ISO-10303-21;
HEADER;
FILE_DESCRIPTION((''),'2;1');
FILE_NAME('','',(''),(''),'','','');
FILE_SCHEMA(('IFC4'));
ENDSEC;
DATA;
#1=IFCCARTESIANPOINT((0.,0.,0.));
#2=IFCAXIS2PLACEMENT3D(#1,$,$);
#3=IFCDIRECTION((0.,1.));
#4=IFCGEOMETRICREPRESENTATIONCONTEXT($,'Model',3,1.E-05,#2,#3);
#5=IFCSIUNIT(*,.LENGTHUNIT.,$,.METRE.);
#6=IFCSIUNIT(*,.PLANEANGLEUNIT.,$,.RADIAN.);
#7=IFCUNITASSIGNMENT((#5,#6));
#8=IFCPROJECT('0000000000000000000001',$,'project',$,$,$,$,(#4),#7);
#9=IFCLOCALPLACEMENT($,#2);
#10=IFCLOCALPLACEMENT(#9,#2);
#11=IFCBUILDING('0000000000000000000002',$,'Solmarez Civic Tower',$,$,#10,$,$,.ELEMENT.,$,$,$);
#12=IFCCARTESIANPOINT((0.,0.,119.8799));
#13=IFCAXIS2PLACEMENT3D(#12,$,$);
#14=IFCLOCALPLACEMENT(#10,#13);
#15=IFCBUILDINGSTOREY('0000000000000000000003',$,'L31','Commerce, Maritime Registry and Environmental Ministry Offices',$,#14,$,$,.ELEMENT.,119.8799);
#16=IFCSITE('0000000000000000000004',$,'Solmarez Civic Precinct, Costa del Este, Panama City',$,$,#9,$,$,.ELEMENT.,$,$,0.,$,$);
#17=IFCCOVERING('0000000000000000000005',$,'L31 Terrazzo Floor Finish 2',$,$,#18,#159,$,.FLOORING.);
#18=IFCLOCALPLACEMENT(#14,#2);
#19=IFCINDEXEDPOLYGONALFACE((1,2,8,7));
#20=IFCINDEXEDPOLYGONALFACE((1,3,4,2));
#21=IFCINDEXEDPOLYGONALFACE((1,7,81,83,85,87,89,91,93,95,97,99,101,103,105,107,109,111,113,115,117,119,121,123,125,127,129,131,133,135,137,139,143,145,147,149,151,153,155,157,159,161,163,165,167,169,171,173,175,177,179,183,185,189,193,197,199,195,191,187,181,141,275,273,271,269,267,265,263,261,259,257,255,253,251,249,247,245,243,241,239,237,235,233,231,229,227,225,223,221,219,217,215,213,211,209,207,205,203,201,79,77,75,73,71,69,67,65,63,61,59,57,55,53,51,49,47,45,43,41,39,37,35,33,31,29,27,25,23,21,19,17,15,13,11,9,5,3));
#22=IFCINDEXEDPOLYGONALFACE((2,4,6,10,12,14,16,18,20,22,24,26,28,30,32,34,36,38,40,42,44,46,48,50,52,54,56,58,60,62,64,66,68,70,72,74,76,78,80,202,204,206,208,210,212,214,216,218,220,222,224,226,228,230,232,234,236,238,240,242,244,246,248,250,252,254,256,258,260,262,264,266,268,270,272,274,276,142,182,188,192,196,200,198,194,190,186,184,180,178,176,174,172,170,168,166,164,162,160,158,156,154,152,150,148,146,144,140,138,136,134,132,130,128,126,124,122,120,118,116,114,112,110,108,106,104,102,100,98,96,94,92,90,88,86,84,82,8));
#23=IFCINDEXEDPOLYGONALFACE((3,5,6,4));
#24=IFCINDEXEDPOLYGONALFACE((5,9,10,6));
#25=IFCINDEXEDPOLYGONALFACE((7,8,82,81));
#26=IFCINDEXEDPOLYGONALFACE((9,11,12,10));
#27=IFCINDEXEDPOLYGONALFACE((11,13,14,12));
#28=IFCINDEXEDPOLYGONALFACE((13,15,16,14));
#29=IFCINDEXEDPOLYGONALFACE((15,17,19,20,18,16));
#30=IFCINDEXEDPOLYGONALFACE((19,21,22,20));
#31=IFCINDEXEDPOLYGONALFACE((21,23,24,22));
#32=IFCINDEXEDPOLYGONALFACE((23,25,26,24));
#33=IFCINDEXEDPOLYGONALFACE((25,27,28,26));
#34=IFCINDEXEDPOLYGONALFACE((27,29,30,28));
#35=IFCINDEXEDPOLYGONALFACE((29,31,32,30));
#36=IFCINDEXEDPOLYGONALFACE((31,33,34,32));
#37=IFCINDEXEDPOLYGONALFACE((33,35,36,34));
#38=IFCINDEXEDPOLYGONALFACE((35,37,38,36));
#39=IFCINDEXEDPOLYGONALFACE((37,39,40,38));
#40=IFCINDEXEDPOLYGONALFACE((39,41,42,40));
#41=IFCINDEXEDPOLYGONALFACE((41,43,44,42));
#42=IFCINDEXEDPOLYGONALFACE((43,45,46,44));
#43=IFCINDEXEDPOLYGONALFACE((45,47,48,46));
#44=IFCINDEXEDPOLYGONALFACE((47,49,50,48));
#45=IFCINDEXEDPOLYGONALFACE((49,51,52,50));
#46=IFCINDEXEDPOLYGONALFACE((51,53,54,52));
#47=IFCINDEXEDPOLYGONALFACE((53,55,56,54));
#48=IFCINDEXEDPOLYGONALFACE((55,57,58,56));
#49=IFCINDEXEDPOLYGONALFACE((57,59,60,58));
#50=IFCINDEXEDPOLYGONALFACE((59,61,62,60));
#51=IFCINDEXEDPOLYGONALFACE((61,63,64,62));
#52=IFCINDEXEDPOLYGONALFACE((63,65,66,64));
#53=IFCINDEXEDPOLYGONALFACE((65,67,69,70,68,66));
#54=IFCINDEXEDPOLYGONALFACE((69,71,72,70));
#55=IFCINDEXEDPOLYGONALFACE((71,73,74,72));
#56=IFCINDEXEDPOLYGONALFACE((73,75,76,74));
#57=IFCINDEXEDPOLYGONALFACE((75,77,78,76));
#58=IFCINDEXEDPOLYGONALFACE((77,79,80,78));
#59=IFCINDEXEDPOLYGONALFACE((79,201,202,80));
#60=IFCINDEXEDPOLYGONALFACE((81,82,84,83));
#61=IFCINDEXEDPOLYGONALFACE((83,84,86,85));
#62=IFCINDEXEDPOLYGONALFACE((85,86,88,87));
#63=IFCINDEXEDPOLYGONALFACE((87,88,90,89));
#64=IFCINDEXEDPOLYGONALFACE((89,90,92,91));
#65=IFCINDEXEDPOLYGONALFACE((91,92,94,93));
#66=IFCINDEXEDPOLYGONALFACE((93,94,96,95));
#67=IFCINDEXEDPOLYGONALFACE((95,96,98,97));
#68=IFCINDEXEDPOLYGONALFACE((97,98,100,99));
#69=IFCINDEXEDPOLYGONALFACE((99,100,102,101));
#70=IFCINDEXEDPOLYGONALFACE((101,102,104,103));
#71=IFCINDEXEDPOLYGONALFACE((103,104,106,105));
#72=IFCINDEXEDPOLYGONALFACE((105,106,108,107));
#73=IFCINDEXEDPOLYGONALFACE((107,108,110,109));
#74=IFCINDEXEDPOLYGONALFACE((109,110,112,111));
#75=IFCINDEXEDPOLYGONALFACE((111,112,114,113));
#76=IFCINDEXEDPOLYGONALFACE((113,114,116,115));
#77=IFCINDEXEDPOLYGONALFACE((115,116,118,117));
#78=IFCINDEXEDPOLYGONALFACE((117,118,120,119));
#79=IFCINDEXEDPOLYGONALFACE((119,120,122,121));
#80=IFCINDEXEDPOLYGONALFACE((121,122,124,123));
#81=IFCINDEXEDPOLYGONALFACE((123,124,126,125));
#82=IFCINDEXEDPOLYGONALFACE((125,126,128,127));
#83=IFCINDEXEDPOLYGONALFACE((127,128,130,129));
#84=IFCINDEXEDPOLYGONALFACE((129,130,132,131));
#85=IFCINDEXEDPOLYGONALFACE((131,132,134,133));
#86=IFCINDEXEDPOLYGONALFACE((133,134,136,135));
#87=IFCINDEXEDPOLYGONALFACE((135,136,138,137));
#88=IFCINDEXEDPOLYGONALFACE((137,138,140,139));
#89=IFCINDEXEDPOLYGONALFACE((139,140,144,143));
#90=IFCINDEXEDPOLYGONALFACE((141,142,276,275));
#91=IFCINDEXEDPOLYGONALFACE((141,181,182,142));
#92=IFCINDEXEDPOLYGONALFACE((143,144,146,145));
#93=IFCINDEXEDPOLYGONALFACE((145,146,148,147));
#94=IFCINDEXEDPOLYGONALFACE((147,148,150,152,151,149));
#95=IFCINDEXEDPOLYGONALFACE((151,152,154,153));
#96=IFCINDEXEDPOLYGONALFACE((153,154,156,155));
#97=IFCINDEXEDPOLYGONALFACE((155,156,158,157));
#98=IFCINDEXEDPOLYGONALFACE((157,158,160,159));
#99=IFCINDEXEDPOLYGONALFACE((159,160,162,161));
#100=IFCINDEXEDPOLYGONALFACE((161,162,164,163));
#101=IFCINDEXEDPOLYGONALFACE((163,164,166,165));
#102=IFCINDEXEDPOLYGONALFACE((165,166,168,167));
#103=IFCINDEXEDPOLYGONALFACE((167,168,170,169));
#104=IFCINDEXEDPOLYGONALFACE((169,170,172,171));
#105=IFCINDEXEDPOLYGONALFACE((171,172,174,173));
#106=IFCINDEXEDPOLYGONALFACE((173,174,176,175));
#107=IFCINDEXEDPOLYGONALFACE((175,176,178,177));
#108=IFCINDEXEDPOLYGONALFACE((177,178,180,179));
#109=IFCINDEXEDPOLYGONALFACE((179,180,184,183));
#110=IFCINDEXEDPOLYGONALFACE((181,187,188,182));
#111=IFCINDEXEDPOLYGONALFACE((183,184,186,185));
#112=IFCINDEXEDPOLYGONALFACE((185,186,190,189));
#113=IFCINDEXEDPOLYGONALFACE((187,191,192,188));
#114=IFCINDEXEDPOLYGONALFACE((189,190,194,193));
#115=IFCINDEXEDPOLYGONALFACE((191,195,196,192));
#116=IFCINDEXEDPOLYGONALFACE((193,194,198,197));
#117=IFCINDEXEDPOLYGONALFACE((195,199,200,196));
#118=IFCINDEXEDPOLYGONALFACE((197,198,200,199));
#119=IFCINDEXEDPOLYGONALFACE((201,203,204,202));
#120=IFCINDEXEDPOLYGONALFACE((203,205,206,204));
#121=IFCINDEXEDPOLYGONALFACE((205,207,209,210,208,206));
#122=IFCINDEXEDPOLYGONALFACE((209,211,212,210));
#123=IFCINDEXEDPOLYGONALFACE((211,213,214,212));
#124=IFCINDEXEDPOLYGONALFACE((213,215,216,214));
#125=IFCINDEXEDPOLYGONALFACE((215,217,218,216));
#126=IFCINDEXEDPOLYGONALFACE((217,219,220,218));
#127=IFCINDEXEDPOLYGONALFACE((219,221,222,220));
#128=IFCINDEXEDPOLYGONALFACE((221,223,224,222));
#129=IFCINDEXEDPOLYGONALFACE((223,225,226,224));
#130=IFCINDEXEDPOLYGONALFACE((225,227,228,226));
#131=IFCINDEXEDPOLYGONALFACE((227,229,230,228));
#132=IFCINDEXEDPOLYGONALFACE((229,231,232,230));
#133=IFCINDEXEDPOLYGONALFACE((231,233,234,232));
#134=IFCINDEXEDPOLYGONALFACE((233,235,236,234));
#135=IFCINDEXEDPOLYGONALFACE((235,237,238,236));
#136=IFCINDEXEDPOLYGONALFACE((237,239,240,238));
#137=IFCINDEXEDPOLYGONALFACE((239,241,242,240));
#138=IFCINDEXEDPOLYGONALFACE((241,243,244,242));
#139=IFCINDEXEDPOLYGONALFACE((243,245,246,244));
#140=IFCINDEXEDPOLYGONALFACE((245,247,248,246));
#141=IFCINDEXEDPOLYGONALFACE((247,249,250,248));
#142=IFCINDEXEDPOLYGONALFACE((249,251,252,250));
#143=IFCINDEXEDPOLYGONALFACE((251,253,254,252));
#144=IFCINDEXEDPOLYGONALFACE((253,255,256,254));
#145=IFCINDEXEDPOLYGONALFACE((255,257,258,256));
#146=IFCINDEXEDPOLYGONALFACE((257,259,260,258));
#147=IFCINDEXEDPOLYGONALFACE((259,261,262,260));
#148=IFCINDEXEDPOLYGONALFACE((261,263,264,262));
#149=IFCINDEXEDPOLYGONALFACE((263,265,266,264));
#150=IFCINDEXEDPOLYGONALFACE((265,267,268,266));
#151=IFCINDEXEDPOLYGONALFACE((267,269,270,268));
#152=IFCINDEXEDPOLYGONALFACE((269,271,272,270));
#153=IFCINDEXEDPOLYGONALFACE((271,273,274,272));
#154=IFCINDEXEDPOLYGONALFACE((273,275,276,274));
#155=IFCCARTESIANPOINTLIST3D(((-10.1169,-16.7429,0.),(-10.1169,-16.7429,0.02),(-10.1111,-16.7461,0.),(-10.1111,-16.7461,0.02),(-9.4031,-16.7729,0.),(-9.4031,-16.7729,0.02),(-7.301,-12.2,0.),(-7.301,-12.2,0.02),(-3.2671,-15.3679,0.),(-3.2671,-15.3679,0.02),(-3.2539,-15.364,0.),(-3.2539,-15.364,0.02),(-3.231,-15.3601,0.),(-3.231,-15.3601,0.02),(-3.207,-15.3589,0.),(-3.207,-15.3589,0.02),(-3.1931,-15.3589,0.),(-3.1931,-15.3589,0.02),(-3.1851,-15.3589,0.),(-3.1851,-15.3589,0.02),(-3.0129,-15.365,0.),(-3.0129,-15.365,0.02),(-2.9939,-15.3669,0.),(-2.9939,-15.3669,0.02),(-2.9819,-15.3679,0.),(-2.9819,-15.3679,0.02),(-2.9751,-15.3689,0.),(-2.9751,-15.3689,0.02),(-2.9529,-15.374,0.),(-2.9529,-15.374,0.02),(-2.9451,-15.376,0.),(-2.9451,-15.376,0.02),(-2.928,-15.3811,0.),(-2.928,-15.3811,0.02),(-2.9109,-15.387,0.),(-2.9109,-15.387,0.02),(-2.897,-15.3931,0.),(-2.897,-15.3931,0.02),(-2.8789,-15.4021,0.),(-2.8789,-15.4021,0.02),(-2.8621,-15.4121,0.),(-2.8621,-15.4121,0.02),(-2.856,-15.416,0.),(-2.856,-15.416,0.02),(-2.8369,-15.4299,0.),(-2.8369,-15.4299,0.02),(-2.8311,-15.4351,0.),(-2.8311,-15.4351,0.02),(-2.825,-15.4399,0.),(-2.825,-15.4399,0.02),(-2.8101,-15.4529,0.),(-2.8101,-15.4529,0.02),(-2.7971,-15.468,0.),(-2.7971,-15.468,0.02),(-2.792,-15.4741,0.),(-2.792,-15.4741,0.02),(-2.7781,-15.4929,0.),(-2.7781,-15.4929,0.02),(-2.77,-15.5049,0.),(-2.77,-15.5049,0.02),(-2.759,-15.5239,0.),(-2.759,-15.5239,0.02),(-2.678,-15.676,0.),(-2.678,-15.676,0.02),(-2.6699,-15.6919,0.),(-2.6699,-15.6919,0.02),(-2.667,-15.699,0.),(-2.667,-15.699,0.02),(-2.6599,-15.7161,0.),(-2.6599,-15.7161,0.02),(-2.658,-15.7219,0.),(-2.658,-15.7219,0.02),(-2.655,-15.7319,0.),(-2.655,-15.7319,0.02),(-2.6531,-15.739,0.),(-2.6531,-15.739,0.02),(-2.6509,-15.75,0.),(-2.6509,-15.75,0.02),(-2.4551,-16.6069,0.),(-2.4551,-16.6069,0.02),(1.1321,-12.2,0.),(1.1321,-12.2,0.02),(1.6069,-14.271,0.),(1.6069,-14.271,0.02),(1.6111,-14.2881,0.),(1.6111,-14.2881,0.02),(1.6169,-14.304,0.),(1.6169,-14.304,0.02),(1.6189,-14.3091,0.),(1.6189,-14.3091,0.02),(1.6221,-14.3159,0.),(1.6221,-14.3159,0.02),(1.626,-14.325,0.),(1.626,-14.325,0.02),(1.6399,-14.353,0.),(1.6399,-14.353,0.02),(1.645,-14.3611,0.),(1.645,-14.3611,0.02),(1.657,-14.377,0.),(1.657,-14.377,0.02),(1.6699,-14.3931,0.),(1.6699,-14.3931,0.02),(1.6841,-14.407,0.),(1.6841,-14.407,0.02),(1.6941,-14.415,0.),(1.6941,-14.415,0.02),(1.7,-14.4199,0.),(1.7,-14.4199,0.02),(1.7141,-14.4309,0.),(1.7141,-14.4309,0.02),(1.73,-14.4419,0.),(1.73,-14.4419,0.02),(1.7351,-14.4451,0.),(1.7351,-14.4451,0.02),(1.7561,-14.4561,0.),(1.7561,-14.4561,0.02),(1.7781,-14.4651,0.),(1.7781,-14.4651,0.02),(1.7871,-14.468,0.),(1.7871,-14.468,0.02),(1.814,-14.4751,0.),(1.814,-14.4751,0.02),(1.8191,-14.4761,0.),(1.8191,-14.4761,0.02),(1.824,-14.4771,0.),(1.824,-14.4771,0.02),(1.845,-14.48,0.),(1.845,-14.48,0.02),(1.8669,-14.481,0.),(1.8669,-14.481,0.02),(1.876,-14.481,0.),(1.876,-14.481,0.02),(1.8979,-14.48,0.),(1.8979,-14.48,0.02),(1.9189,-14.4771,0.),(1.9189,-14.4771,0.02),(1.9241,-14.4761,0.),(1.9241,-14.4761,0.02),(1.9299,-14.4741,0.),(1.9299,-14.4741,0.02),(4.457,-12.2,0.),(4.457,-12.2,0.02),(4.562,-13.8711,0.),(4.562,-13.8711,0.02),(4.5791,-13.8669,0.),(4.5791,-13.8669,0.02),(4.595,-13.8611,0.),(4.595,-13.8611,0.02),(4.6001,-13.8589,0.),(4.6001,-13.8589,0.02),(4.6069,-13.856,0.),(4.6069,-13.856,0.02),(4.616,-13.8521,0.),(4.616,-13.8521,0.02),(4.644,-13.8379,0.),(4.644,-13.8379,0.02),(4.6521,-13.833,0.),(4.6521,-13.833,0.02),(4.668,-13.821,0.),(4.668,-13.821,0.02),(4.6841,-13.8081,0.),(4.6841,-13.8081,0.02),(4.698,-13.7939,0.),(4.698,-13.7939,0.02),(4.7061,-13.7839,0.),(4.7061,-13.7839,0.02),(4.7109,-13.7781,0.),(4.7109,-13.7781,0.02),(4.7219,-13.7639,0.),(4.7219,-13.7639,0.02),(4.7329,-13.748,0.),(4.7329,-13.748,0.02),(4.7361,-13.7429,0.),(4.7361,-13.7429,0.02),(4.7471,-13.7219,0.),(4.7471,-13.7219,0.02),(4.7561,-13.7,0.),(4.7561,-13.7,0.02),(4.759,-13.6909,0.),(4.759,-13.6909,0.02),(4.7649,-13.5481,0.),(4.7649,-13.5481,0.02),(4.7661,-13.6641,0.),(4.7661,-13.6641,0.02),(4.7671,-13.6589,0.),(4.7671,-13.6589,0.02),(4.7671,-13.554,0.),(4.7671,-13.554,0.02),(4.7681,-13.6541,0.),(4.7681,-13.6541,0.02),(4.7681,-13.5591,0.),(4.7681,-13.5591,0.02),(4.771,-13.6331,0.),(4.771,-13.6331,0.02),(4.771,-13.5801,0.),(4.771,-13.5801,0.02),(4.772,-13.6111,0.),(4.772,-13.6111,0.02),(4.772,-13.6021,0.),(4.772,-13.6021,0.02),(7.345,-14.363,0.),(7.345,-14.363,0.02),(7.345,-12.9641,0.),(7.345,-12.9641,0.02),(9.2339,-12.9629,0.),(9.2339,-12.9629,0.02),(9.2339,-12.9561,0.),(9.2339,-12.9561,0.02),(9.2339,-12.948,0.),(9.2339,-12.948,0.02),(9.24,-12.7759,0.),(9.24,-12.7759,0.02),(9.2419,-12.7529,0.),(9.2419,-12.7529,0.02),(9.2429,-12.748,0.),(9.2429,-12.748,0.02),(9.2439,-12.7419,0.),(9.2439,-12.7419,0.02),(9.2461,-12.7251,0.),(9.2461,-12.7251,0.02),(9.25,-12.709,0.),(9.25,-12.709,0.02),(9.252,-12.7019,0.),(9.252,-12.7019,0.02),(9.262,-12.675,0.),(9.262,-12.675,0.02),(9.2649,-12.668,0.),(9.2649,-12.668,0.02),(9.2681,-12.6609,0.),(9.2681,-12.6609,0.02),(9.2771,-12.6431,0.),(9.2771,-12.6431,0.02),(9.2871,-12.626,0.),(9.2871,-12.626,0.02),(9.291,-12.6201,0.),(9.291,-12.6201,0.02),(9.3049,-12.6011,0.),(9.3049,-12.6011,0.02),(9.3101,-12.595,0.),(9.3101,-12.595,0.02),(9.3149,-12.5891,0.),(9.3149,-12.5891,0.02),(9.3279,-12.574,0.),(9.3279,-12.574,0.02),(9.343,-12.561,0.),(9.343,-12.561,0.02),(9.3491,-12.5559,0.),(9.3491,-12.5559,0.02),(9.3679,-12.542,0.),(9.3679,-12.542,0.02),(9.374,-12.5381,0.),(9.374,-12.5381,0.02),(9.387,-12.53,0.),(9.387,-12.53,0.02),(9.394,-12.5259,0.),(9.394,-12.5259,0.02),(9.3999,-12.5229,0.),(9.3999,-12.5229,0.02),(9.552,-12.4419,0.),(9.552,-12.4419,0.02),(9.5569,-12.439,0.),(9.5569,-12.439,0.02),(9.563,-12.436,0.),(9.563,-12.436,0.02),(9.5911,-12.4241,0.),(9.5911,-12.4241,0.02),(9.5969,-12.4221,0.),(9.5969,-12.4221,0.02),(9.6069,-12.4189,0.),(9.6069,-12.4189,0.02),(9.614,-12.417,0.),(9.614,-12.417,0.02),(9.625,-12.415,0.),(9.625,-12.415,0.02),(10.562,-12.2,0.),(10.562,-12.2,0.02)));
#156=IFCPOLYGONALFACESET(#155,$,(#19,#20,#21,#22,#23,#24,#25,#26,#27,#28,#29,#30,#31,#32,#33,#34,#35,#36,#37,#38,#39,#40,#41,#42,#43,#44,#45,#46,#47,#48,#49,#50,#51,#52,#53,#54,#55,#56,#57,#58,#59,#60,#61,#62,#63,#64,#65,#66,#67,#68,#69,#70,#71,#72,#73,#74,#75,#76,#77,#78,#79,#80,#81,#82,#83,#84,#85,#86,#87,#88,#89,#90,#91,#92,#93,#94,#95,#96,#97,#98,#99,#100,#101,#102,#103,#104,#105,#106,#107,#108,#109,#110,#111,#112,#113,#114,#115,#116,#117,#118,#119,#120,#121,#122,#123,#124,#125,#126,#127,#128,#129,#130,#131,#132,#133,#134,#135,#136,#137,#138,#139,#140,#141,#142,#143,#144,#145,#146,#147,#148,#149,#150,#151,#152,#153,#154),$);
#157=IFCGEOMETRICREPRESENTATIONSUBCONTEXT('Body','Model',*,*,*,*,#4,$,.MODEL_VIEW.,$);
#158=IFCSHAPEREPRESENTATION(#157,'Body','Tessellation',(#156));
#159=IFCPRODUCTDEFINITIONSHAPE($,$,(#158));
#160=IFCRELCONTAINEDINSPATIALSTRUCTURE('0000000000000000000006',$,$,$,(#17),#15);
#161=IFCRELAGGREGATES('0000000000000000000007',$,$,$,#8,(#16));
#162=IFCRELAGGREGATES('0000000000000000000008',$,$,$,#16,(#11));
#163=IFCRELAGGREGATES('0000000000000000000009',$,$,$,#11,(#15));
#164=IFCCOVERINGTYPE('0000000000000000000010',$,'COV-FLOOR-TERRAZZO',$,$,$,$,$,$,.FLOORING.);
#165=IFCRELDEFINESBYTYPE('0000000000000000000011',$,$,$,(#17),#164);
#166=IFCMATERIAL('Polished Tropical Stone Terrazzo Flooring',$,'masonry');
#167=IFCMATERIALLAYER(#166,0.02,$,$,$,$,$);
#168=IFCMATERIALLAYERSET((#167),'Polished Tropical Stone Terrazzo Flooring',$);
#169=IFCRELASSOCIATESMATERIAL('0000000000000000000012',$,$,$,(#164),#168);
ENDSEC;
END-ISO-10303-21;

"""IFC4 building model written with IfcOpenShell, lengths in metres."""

from ifc_helpers import new_model, si_unit, direction, frame, origin, place, context, subcontext, project, spatial, polyline, outline, extrude, material, layer, layer_set, type_object, element, save


model = new_model("IFC4")

# Units and contexts
model_context = context("Model", 3, precision=1e-05, world=origin(), true_north=direction((0.0, 1.0)))
body_context = subcontext(model_context, "Body", "Model", "MODEL_VIEW")
ifc_project = project(units=[si_unit("LENGTHUNIT", "METRE"), si_unit("PLANEANGLEUNIT", "RADIAN")], contexts=[model_context])

# Site, building, storey
site_placement = place(None, origin())
site = spatial("IfcSite", under=ifc_project, at=site_placement, Name="Solmarez Civic Precinct, Costa del Este, Panama City", CompositionType="ELEMENT", RefElevation=0.0)
building_placement = place(site_placement, origin())
building = spatial("IfcBuilding", under=site, at=building_placement, Name="Solmarez Civic Tower", CompositionType="ELEMENT")
storey_placement = place(building_placement, frame((0.0, 0.0, 119.8799)))
storey = spatial("IfcBuildingStorey", under=building, at=storey_placement, Name="L31", Description="Commerce, Maritime Registry and Environmental Ministry Offices", CompositionType="ELEMENT", Elevation=119.8799)

# Covering
ifc_material_1 = material(Name="Polished Tropical Stone Terrazzo Flooring", Category="masonry")
ifc_layer_1 = layer(ifc_material_1, 0.02)
ifc_layer_set_1 = layer_set([ifc_layer_1], Name="Polished Tropical Stone Terrazzo Flooring")
covering_type_1 = type_object("IfcCoveringType", Name="COV-FLOOR-TERRAZZO", PredefinedType="FLOORING", material=ifc_layer_set_1)
covering_1_placement = place(storey_placement, origin())
element("IfcCovering", 1, at=covering_1_placement, inside=storey, type_object=covering_type_1, Name="L31 Terrazzo Floor Finish 2", PredefinedType="FLOORING", context=body_context, shape_type="SweptSolid", body=[
    extrude(outline(polyline([(-3.2671, -15.3679), (-3.2539, -15.364), (-3.231, -15.3601), (-3.207, -15.3589), (-3.1931, -15.3589), (-3.1851, -15.3589), (-3.0129, -15.365), (-2.9939, -15.3669), (-2.9819, -15.3679), (-2.9751, -15.3689), (-2.9529, -15.374), (-2.9451, -15.376), (-2.928, -15.3811), (-2.9109, -15.387), (-2.897, -15.3931), (-2.8789, -15.4021), (-2.8621, -15.4121), (-2.856, -15.416), (-2.8369, -15.4299), (-2.8311, -15.4351), (-2.825, -15.4399), (-2.8101, -15.4529), (-2.7971, -15.468), (-2.792, -15.4741), (-2.7781, -15.4929), (-2.77, -15.5049), (-2.759, -15.5239), (-2.678, -15.676), (-2.6699, -15.6919), (-2.667, -15.699), (-2.6599, -15.7161), (-2.658, -15.7219), (-2.655, -15.7319), (-2.6531, -15.739), (-2.6509, -15.75), (-2.4551, -16.6069), (7.345, -14.363), (7.345, -12.9641), (9.2339, -12.9629), (9.2339, -12.9561), (9.2339, -12.948), (9.24, -12.7759), (9.2419, -12.7529), (9.2429, -12.748), (9.2439, -12.7419), (9.2461, -12.7251), (9.25, -12.709), (9.252, -12.7019), (9.262, -12.675), (9.2649, -12.668), (9.2681, -12.6609), (9.2771, -12.6431), (9.2871, -12.626), (9.291, -12.6201), (9.3049, -12.6011), (9.3101, -12.595), (9.3149, -12.5891), (9.3279, -12.574), (9.343, -12.561), (9.3491, -12.5559), (9.3679, -12.542), (9.374, -12.5381), (9.387, -12.53), (9.394, -12.5259), (9.3999, -12.5229), (9.552, -12.4419), (9.5569, -12.439), (9.563, -12.436), (9.5911, -12.4241), (9.5969, -12.4221), (9.6069, -12.4189), (9.614, -12.417), (9.625, -12.415), (10.562, -12.2), (4.457, -12.2), (4.7649, -13.5481), (4.7671, -13.554), (4.7681, -13.5591), (4.771, -13.5801), (4.772, -13.6021), (4.772, -13.6111), (4.771, -13.6331), (4.7681, -13.6541), (4.7671, -13.6589), (4.7661, -13.6641), (4.759, -13.6909), (4.7561, -13.7), (4.7471, -13.7219), (4.7361, -13.7429), (4.7329, -13.748), (4.7219, -13.7639), (4.7109, -13.7781), (4.7061, -13.7839), (4.698, -13.7939), (4.6841, -13.8081), (4.668, -13.821), (4.6521, -13.833), (4.644, -13.8379), (4.616, -13.8521), (4.6069, -13.856), (4.6001, -13.8589), (4.595, -13.8611), (4.5791, -13.8669), (4.562, -13.8711), (1.9299, -14.4741), (1.9241, -14.4761), (1.9189, -14.4771), (1.8979, -14.48), (1.876, -14.481), (1.8669, -14.481), (1.845, -14.48), (1.824, -14.4771), (1.8191, -14.4761), (1.814, -14.4751), (1.7871, -14.468), (1.7781, -14.4651), (1.7561, -14.4561), (1.7351, -14.4451), (1.73, -14.4419), (1.7141, -14.4309), (1.7, -14.4199), (1.6941, -14.415), (1.6841, -14.407), (1.6699, -14.3931), (1.657, -14.377), (1.645, -14.3611), (1.6399, -14.353), (1.626, -14.325), (1.6221, -14.3159), (1.6189, -14.3091), (1.6169, -14.304), (1.6111, -14.2881), (1.6069, -14.271), (1.1321, -12.2), (-7.301, -12.2), (-10.1169, -16.7429), (-10.1111, -16.7461), (-9.4031, -16.7729), (-3.2671, -15.3679)])), origin(), (0.0, 0.0, 1.0), 0.02),
])

save(model, "model.ifc")
